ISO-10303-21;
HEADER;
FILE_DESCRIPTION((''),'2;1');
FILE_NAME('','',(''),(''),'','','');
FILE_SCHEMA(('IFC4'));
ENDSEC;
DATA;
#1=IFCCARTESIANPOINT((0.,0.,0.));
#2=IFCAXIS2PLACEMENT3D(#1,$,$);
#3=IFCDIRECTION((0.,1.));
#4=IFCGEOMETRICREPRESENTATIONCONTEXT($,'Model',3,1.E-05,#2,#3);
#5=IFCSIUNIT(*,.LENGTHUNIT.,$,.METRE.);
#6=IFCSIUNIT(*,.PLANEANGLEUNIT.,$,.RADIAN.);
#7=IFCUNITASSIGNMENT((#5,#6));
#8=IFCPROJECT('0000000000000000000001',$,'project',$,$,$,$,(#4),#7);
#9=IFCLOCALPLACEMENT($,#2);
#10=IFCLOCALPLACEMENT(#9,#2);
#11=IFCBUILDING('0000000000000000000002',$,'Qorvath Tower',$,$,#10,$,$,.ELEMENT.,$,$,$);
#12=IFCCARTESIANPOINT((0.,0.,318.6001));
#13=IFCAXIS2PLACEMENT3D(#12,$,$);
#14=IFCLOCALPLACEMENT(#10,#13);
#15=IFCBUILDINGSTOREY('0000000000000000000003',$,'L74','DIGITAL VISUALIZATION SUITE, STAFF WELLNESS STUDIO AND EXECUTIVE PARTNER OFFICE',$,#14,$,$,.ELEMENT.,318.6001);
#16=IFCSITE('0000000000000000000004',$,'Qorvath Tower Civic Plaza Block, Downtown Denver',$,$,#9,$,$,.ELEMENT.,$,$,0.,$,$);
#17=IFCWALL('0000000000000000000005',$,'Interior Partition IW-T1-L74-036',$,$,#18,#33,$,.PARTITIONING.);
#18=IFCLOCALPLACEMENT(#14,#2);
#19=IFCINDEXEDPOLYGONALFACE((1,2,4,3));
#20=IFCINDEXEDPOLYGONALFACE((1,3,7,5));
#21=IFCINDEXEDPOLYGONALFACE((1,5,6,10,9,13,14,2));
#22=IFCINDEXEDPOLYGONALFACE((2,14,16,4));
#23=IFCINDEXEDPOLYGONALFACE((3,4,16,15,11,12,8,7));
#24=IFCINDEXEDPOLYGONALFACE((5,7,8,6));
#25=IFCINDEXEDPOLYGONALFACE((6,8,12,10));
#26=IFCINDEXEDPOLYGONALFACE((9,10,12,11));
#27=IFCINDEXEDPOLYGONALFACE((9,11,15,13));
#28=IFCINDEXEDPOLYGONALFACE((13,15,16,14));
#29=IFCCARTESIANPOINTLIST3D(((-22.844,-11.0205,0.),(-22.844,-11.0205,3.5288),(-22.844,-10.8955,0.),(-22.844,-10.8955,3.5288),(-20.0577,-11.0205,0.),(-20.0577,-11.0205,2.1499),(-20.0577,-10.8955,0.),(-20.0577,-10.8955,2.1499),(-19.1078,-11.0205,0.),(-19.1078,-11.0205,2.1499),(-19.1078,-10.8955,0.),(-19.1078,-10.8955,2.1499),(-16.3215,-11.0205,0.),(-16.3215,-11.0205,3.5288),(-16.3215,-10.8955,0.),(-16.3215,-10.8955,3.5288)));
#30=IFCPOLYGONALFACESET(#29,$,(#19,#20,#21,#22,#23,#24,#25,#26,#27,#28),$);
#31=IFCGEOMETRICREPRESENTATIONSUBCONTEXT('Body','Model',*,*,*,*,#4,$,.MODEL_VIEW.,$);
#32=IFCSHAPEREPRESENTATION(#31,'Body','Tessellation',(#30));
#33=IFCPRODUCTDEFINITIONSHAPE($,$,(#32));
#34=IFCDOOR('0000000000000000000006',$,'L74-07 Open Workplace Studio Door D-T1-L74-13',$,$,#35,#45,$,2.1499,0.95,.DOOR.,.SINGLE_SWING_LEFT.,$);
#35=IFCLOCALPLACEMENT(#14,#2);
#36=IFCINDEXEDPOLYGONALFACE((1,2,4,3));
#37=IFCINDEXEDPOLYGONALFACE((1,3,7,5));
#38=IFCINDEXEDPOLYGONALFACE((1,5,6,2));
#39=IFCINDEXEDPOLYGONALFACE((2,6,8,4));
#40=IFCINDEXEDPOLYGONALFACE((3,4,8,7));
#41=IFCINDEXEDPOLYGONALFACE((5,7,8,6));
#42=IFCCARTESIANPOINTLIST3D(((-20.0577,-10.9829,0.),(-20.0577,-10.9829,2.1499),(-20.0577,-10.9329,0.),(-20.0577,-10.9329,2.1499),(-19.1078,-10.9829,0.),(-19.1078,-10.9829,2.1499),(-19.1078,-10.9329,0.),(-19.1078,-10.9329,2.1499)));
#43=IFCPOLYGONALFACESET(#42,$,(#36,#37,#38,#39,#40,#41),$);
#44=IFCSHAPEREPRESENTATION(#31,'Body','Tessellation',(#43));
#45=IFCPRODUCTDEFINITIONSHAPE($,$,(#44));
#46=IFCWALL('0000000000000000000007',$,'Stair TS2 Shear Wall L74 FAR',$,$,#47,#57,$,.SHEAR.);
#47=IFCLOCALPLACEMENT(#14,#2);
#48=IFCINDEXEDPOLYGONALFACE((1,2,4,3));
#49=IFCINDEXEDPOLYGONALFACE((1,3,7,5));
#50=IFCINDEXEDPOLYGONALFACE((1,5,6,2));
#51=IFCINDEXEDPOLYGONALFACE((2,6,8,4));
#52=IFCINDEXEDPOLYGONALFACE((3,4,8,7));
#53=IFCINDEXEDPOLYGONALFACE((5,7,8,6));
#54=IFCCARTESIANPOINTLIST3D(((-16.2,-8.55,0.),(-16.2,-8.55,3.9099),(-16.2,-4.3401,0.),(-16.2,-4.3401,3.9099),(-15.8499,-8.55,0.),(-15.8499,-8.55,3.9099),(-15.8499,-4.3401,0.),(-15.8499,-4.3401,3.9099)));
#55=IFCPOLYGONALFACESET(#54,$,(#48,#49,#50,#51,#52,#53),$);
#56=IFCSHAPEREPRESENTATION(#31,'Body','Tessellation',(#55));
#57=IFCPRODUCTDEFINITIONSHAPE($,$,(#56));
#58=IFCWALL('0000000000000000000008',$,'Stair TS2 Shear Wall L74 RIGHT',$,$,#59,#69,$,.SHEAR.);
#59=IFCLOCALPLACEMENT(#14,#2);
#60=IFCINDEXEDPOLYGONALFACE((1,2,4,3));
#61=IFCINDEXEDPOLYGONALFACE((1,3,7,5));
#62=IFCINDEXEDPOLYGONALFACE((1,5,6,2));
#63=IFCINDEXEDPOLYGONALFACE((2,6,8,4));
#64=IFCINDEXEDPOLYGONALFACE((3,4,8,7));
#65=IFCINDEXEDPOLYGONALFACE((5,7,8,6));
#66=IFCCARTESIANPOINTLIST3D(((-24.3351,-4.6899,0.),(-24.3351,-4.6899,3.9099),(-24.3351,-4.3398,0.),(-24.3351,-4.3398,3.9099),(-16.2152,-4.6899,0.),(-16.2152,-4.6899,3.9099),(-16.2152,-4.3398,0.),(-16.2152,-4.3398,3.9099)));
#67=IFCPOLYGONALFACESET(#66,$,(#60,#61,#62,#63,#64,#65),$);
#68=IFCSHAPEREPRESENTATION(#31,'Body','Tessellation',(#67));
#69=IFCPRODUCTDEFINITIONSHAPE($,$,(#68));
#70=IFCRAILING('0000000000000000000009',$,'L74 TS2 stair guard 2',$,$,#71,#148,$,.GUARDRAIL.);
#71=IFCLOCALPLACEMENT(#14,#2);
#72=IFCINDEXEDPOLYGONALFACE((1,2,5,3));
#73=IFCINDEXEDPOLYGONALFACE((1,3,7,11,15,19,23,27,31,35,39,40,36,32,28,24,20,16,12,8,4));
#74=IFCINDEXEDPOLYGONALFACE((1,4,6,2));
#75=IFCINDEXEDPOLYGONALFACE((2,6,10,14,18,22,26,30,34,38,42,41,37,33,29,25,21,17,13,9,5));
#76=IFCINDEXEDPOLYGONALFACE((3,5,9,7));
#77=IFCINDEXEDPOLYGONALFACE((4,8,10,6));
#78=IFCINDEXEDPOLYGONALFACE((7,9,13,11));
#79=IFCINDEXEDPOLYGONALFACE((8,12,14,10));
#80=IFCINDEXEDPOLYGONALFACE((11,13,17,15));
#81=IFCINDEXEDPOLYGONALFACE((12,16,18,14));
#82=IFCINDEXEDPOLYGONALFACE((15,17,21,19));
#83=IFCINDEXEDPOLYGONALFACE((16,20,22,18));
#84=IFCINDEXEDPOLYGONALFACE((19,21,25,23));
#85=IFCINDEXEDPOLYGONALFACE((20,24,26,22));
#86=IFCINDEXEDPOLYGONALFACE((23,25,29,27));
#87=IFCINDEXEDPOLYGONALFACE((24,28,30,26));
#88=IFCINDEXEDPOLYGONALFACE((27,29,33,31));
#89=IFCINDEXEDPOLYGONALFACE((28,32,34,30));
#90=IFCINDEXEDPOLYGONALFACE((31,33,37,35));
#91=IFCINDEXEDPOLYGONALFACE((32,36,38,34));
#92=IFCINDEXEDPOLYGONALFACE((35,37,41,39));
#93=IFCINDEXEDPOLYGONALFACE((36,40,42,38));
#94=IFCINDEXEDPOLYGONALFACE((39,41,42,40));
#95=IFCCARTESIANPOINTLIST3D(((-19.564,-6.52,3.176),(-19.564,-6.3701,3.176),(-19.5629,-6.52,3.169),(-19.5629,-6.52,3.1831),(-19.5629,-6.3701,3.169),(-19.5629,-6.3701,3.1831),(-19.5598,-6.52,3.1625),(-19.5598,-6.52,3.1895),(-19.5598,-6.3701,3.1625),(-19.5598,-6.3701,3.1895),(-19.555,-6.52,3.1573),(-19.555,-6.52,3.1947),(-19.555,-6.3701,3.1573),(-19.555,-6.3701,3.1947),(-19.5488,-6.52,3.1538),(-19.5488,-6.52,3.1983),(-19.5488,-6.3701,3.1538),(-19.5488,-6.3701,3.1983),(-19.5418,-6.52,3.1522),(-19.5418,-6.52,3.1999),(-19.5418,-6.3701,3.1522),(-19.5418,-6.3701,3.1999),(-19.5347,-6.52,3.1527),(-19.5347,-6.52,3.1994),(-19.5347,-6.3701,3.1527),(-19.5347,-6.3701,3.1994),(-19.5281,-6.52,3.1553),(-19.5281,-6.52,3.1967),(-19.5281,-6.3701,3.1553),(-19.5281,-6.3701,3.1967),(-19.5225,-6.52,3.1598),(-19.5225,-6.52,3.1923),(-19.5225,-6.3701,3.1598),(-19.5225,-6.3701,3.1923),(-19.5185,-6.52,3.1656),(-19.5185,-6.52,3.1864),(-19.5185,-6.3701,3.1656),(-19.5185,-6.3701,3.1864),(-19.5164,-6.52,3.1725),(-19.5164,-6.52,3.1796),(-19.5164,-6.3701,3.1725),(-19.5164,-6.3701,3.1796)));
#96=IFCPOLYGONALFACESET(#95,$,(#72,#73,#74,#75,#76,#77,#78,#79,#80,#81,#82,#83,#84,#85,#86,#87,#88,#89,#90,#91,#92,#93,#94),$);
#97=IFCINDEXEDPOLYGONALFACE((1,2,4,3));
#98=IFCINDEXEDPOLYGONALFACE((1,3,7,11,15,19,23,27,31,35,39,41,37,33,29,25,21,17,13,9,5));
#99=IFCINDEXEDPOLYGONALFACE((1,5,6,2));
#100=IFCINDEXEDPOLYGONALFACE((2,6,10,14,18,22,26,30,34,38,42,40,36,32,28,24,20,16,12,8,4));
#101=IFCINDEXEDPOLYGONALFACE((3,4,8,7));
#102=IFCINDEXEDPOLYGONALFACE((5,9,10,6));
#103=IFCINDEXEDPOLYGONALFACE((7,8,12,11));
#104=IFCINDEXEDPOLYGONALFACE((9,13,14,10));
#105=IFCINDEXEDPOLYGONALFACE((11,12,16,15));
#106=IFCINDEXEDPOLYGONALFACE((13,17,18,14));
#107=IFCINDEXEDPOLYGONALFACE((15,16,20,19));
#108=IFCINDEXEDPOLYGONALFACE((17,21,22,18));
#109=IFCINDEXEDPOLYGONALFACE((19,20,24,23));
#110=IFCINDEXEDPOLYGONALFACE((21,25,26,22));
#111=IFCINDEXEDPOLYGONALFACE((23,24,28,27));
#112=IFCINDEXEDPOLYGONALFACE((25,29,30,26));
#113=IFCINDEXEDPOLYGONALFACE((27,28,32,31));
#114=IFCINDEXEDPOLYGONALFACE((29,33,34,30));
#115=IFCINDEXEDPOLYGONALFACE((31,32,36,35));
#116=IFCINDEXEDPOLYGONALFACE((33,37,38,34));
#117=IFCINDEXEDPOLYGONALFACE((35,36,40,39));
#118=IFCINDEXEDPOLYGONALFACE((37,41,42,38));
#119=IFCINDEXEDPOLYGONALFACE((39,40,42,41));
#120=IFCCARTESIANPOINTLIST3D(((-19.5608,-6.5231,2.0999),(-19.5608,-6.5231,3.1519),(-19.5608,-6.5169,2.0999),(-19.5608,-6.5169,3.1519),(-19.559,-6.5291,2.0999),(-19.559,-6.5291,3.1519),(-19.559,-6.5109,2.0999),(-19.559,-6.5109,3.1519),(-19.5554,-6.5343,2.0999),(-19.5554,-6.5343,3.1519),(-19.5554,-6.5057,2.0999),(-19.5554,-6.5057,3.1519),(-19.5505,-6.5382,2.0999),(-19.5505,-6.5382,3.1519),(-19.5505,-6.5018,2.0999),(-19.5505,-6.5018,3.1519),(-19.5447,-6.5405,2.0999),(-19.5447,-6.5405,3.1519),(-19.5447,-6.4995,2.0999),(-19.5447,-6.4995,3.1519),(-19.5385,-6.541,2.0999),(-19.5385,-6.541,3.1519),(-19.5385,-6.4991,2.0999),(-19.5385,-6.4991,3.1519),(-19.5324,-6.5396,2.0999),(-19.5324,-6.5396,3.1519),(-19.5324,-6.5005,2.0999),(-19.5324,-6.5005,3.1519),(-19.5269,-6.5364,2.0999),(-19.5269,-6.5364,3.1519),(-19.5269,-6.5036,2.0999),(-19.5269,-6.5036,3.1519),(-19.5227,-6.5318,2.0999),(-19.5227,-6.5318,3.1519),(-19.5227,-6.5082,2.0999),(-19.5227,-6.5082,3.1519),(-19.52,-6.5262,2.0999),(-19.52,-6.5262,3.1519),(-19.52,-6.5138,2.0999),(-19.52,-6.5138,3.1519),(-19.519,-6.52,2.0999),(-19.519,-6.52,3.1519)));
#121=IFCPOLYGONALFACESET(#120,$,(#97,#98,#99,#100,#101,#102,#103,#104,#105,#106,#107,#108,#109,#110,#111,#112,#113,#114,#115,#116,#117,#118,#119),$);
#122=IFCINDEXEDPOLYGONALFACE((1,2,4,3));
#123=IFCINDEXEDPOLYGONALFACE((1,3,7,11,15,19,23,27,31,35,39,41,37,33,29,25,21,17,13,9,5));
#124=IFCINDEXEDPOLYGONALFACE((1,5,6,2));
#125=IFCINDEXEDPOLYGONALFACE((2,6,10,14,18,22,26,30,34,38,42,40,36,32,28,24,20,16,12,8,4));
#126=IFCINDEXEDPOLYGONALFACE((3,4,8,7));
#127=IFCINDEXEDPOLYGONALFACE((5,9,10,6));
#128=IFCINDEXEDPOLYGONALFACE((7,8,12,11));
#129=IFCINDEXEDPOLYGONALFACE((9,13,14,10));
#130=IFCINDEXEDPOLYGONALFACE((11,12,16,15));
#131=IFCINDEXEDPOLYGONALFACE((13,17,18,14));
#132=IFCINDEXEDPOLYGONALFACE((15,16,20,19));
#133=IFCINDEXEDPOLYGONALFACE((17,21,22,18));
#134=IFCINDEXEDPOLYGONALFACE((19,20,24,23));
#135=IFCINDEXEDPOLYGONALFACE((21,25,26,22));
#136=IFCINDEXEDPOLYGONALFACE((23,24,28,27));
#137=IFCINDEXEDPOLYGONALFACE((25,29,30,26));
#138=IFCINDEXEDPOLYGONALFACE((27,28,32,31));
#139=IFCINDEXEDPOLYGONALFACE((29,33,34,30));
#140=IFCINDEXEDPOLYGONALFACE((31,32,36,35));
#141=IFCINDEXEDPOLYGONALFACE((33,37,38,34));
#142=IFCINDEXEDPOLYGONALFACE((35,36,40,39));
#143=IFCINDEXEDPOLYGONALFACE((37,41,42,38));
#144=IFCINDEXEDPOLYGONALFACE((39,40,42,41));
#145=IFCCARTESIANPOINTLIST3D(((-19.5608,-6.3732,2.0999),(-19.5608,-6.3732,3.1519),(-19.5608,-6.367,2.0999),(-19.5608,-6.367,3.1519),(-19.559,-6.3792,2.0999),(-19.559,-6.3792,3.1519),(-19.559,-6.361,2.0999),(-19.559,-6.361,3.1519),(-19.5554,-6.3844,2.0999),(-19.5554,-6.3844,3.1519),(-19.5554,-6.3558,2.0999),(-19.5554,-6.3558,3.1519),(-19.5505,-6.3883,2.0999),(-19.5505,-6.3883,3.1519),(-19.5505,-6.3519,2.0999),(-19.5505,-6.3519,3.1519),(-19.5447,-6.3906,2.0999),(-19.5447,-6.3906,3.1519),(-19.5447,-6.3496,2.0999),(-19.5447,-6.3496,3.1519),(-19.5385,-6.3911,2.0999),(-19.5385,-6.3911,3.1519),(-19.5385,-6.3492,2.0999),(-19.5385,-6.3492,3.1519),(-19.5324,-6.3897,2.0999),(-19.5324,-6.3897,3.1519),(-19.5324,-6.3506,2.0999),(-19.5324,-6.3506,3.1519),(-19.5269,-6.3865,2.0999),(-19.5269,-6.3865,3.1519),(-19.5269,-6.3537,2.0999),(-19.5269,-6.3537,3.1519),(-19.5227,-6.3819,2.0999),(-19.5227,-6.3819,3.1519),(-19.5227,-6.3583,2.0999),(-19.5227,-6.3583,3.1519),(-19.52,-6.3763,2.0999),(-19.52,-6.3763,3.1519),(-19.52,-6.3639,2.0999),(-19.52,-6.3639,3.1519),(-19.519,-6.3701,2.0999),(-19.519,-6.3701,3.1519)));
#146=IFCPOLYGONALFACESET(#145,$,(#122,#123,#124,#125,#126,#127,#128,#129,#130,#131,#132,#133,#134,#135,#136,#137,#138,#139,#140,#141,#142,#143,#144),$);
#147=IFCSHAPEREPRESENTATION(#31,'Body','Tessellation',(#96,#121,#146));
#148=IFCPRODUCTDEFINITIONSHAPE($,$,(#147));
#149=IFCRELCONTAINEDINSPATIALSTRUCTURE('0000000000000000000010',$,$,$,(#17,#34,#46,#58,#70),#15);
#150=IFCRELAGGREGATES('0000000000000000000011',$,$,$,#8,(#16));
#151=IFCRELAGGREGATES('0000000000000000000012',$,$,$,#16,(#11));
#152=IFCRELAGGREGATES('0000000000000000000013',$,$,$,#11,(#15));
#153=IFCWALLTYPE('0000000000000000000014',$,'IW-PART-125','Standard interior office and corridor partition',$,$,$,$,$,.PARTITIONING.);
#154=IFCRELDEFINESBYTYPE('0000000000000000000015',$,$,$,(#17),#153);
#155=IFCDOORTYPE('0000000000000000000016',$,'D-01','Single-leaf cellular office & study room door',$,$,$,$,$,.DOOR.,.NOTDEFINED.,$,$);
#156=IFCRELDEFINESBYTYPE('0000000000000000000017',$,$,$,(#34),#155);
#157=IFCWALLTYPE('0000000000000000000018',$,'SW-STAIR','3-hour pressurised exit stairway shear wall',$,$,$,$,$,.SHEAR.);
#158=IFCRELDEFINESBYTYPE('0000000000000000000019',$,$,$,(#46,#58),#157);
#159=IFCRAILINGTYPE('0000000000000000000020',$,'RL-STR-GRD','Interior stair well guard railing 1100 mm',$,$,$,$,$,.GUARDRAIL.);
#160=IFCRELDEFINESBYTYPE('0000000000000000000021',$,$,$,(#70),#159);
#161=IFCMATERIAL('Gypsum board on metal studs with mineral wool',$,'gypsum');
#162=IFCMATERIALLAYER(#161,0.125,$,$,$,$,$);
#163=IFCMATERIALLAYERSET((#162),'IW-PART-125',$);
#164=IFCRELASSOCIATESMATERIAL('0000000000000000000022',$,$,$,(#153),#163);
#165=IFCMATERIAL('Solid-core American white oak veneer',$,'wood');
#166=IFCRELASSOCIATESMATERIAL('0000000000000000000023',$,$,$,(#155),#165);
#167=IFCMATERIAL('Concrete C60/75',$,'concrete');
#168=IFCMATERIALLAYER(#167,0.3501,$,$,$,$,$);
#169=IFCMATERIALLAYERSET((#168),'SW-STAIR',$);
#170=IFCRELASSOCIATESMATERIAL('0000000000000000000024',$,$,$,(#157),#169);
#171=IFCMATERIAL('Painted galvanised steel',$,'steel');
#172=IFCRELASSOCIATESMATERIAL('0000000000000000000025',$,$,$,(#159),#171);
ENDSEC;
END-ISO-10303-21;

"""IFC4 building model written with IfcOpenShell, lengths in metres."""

from ifc_helpers import new_model, si_unit, direction, frame, frame_2d, origin, origin_2d, place, context, subcontext, project, spatial, rectangle, circle, extrude, material, layer, layer_set, type_object, element, fill, save


model = new_model("IFC4")

# Units and contexts
model_context = context("Model", 3, precision=1e-05, world=origin(), true_north=direction((0.0, 1.0)))
body_context = subcontext(model_context, "Body", "Model", "MODEL_VIEW")
ifc_project = project(units=[si_unit("LENGTHUNIT", "METRE"), si_unit("PLANEANGLEUNIT", "RADIAN")], contexts=[model_context])

# Site, building, storey
site_placement = place(None, origin())
site = spatial("IfcSite", under=ifc_project, at=site_placement, Name="Qorvath Tower Civic Plaza Block, Downtown Denver", CompositionType="ELEMENT", RefElevation=0.0)
building_placement = place(site_placement, origin())
building = spatial("IfcBuilding", under=site, at=building_placement, Name="Qorvath Tower", CompositionType="ELEMENT")
storey_placement = place(building_placement, frame((0.0, 0.0, 318.6001)))
storey = spatial("IfcBuildingStorey", under=building, at=storey_placement, Name="L74", Description="DIGITAL VISUALIZATION SUITE, STAFF WELLNESS STUDIO AND EXECUTIVE PARTNER OFFICE", CompositionType="ELEMENT", Elevation=318.6001)

# Wall, opening, door
ifc_material_1 = material(Name="Gypsum board on metal studs with mineral wool", Category="gypsum")
ifc_layer_1 = layer(ifc_material_1, 0.125)
ifc_layer_set_1 = layer_set([ifc_layer_1], Name="IW-PART-125")
wall_type_1 = type_object("IfcWallType", Name="IW-PART-125", Description="Standard interior office and corridor partition", PredefinedType="PARTITIONING", material=ifc_layer_set_1)
wall_1_placement = place(storey_placement, frame((-16.3215, -10.958, 0.0), z_axis=(0.0, 0.0, 1.0), x_axis=(-1.0, 0.0, 0.0)))
wall_1 = element("IfcWall", 1, at=wall_1_placement, inside=storey, type_object=wall_type_1, Name="Interior Partition IW-T1-L74-036", PredefinedType="PARTITIONING", context=body_context, shape_type="SweptSolid", body=[
    extrude(rectangle(XDim=6.5225, YDim=0.125, at=frame_2d((3.2612, 0.0))), origin(), (0.0, 0.0, 1.0), 3.5288),
])
opening_1_placement = place(wall_1_placement, frame((2.7861, 0.0, 0.0)))
opening_1 = element("IfcOpeningElement", 2, at=opening_1_placement, cuts=wall_1, PredefinedType="OPENING", context=body_context, shape_type="SweptSolid", body=[
    extrude(rectangle(XDim=0.95, YDim=2.1499, at=frame_2d((0.4751, 1.075))), frame((0.0, 0.0725, 0.0), z_axis=(0.0, -1.0, 0.0), x_axis=(1.0, 0.0, 0.0)), (0.0, 0.0, 1.0), 0.145),
])
ifc_material_2 = material(Name="Solid-core American white oak veneer", Category="wood")
door_type_1 = type_object("IfcDoorType", Name="D-01", Description="Single-leaf cellular office & study room door", OperationType="NOTDEFINED", PredefinedType="DOOR", material=ifc_material_2)
door_1_placement = place(opening_1_placement, origin())
door_1 = element("IfcDoor", 3, at=door_1_placement, inside=storey, type_object=door_type_1, Name="L74-07 Open Workplace Studio Door D-T1-L74-13", OperationType="SINGLE_SWING_LEFT", OverallHeight=2.1499, OverallWidth=0.95, PredefinedType="DOOR", context=body_context, shape_type="SweptSolid", body=[
    extrude(rectangle(XDim=0.95, YDim=2.1499, at=frame_2d((0.4751, 1.075))), frame((0.0, 0.0249, 0.0), z_axis=(0.0, -1.0, 0.0), x_axis=(1.0, 0.0, 0.0)), (0.0, 0.0, 1.0), 0.05),
])
fill(opening_1, door_1)

# Walls
ifc_material_3 = material(Name="Concrete C60/75", Category="concrete")
ifc_layer_2 = layer(ifc_material_3, 0.3501)
ifc_layer_set_2 = layer_set([ifc_layer_2], Name="SW-STAIR")
wall_type_2 = type_object("IfcWallType", Name="SW-STAIR", Description="3-hour pressurised exit stairway shear wall", PredefinedType="SHEAR", material=ifc_layer_set_2)
wall_2_placement = place(storey_placement, frame((-16.0249, -8.55, 0.0), z_axis=(0.0, 0.0, 1.0), x_axis=(0.0, 1.0, 0.0)))
element("IfcWall", 4, at=wall_2_placement, inside=storey, type_object=wall_type_2, Name="Stair TS2 Shear Wall L74 FAR", PredefinedType="SHEAR", context=body_context, shape_type="SweptSolid", body=[
    extrude(rectangle(XDim=4.21, YDim=0.3501, at=frame_2d((2.105, 0.0))), origin(), (0.0, 0.0, 1.0), 3.9099),
])
wall_3_placement = place(storey_placement, frame((-16.2151, -4.5149, 0.0), z_axis=(0.0, 0.0, 1.0), x_axis=(-1.0, 0.0, 0.0)))
element("IfcWall", 5, at=wall_3_placement, inside=storey, type_object=wall_type_2, Name="Stair TS2 Shear Wall L74 RIGHT", PredefinedType="SHEAR", context=body_context, shape_type="SweptSolid", body=[
    extrude(rectangle(XDim=8.1199, YDim=0.3501, at=frame_2d((4.0601, 0.0))), origin(), (0.0, 0.0, 1.0), 3.9099),
])

# Railing
ifc_material_4 = material(Name="Painted galvanised steel", Category="steel")
railing_type_1 = type_object("IfcRailingType", Name="RL-STR-GRD", Description="Interior stair well guard railing 1100 mm", PredefinedType="GUARDRAIL", material=ifc_material_4)
railing_1_placement = place(storey_placement, frame((-19.54, -6.52, 2.0999)))
element("IfcRailing", 6, at=railing_1_placement, inside=storey, type_object=railing_type_1, Name="L74 TS2 stair guard 2", PredefinedType="GUARDRAIL", context=body_context, shape_type="SweptSolid", body=[
    extrude(circle(Radius=0.0239, at=origin_2d()), frame((0.0, 0.0, 1.0762), z_axis=(0.0, 1.0, 0.0), x_axis=(-1.0, 0.0, 0.0)), (0.0, 0.0, 1.0), 0.1499),
    extrude(circle(Radius=0.021, at=origin_2d()), origin(), (0.0, 0.0, 1.0), 1.052),
    extrude(circle(Radius=0.021, at=origin_2d()), frame((0.0, 0.1499, 0.0)), (0.0, 0.0, 1.0), 1.052),
])

save(model, "model.ifc")
